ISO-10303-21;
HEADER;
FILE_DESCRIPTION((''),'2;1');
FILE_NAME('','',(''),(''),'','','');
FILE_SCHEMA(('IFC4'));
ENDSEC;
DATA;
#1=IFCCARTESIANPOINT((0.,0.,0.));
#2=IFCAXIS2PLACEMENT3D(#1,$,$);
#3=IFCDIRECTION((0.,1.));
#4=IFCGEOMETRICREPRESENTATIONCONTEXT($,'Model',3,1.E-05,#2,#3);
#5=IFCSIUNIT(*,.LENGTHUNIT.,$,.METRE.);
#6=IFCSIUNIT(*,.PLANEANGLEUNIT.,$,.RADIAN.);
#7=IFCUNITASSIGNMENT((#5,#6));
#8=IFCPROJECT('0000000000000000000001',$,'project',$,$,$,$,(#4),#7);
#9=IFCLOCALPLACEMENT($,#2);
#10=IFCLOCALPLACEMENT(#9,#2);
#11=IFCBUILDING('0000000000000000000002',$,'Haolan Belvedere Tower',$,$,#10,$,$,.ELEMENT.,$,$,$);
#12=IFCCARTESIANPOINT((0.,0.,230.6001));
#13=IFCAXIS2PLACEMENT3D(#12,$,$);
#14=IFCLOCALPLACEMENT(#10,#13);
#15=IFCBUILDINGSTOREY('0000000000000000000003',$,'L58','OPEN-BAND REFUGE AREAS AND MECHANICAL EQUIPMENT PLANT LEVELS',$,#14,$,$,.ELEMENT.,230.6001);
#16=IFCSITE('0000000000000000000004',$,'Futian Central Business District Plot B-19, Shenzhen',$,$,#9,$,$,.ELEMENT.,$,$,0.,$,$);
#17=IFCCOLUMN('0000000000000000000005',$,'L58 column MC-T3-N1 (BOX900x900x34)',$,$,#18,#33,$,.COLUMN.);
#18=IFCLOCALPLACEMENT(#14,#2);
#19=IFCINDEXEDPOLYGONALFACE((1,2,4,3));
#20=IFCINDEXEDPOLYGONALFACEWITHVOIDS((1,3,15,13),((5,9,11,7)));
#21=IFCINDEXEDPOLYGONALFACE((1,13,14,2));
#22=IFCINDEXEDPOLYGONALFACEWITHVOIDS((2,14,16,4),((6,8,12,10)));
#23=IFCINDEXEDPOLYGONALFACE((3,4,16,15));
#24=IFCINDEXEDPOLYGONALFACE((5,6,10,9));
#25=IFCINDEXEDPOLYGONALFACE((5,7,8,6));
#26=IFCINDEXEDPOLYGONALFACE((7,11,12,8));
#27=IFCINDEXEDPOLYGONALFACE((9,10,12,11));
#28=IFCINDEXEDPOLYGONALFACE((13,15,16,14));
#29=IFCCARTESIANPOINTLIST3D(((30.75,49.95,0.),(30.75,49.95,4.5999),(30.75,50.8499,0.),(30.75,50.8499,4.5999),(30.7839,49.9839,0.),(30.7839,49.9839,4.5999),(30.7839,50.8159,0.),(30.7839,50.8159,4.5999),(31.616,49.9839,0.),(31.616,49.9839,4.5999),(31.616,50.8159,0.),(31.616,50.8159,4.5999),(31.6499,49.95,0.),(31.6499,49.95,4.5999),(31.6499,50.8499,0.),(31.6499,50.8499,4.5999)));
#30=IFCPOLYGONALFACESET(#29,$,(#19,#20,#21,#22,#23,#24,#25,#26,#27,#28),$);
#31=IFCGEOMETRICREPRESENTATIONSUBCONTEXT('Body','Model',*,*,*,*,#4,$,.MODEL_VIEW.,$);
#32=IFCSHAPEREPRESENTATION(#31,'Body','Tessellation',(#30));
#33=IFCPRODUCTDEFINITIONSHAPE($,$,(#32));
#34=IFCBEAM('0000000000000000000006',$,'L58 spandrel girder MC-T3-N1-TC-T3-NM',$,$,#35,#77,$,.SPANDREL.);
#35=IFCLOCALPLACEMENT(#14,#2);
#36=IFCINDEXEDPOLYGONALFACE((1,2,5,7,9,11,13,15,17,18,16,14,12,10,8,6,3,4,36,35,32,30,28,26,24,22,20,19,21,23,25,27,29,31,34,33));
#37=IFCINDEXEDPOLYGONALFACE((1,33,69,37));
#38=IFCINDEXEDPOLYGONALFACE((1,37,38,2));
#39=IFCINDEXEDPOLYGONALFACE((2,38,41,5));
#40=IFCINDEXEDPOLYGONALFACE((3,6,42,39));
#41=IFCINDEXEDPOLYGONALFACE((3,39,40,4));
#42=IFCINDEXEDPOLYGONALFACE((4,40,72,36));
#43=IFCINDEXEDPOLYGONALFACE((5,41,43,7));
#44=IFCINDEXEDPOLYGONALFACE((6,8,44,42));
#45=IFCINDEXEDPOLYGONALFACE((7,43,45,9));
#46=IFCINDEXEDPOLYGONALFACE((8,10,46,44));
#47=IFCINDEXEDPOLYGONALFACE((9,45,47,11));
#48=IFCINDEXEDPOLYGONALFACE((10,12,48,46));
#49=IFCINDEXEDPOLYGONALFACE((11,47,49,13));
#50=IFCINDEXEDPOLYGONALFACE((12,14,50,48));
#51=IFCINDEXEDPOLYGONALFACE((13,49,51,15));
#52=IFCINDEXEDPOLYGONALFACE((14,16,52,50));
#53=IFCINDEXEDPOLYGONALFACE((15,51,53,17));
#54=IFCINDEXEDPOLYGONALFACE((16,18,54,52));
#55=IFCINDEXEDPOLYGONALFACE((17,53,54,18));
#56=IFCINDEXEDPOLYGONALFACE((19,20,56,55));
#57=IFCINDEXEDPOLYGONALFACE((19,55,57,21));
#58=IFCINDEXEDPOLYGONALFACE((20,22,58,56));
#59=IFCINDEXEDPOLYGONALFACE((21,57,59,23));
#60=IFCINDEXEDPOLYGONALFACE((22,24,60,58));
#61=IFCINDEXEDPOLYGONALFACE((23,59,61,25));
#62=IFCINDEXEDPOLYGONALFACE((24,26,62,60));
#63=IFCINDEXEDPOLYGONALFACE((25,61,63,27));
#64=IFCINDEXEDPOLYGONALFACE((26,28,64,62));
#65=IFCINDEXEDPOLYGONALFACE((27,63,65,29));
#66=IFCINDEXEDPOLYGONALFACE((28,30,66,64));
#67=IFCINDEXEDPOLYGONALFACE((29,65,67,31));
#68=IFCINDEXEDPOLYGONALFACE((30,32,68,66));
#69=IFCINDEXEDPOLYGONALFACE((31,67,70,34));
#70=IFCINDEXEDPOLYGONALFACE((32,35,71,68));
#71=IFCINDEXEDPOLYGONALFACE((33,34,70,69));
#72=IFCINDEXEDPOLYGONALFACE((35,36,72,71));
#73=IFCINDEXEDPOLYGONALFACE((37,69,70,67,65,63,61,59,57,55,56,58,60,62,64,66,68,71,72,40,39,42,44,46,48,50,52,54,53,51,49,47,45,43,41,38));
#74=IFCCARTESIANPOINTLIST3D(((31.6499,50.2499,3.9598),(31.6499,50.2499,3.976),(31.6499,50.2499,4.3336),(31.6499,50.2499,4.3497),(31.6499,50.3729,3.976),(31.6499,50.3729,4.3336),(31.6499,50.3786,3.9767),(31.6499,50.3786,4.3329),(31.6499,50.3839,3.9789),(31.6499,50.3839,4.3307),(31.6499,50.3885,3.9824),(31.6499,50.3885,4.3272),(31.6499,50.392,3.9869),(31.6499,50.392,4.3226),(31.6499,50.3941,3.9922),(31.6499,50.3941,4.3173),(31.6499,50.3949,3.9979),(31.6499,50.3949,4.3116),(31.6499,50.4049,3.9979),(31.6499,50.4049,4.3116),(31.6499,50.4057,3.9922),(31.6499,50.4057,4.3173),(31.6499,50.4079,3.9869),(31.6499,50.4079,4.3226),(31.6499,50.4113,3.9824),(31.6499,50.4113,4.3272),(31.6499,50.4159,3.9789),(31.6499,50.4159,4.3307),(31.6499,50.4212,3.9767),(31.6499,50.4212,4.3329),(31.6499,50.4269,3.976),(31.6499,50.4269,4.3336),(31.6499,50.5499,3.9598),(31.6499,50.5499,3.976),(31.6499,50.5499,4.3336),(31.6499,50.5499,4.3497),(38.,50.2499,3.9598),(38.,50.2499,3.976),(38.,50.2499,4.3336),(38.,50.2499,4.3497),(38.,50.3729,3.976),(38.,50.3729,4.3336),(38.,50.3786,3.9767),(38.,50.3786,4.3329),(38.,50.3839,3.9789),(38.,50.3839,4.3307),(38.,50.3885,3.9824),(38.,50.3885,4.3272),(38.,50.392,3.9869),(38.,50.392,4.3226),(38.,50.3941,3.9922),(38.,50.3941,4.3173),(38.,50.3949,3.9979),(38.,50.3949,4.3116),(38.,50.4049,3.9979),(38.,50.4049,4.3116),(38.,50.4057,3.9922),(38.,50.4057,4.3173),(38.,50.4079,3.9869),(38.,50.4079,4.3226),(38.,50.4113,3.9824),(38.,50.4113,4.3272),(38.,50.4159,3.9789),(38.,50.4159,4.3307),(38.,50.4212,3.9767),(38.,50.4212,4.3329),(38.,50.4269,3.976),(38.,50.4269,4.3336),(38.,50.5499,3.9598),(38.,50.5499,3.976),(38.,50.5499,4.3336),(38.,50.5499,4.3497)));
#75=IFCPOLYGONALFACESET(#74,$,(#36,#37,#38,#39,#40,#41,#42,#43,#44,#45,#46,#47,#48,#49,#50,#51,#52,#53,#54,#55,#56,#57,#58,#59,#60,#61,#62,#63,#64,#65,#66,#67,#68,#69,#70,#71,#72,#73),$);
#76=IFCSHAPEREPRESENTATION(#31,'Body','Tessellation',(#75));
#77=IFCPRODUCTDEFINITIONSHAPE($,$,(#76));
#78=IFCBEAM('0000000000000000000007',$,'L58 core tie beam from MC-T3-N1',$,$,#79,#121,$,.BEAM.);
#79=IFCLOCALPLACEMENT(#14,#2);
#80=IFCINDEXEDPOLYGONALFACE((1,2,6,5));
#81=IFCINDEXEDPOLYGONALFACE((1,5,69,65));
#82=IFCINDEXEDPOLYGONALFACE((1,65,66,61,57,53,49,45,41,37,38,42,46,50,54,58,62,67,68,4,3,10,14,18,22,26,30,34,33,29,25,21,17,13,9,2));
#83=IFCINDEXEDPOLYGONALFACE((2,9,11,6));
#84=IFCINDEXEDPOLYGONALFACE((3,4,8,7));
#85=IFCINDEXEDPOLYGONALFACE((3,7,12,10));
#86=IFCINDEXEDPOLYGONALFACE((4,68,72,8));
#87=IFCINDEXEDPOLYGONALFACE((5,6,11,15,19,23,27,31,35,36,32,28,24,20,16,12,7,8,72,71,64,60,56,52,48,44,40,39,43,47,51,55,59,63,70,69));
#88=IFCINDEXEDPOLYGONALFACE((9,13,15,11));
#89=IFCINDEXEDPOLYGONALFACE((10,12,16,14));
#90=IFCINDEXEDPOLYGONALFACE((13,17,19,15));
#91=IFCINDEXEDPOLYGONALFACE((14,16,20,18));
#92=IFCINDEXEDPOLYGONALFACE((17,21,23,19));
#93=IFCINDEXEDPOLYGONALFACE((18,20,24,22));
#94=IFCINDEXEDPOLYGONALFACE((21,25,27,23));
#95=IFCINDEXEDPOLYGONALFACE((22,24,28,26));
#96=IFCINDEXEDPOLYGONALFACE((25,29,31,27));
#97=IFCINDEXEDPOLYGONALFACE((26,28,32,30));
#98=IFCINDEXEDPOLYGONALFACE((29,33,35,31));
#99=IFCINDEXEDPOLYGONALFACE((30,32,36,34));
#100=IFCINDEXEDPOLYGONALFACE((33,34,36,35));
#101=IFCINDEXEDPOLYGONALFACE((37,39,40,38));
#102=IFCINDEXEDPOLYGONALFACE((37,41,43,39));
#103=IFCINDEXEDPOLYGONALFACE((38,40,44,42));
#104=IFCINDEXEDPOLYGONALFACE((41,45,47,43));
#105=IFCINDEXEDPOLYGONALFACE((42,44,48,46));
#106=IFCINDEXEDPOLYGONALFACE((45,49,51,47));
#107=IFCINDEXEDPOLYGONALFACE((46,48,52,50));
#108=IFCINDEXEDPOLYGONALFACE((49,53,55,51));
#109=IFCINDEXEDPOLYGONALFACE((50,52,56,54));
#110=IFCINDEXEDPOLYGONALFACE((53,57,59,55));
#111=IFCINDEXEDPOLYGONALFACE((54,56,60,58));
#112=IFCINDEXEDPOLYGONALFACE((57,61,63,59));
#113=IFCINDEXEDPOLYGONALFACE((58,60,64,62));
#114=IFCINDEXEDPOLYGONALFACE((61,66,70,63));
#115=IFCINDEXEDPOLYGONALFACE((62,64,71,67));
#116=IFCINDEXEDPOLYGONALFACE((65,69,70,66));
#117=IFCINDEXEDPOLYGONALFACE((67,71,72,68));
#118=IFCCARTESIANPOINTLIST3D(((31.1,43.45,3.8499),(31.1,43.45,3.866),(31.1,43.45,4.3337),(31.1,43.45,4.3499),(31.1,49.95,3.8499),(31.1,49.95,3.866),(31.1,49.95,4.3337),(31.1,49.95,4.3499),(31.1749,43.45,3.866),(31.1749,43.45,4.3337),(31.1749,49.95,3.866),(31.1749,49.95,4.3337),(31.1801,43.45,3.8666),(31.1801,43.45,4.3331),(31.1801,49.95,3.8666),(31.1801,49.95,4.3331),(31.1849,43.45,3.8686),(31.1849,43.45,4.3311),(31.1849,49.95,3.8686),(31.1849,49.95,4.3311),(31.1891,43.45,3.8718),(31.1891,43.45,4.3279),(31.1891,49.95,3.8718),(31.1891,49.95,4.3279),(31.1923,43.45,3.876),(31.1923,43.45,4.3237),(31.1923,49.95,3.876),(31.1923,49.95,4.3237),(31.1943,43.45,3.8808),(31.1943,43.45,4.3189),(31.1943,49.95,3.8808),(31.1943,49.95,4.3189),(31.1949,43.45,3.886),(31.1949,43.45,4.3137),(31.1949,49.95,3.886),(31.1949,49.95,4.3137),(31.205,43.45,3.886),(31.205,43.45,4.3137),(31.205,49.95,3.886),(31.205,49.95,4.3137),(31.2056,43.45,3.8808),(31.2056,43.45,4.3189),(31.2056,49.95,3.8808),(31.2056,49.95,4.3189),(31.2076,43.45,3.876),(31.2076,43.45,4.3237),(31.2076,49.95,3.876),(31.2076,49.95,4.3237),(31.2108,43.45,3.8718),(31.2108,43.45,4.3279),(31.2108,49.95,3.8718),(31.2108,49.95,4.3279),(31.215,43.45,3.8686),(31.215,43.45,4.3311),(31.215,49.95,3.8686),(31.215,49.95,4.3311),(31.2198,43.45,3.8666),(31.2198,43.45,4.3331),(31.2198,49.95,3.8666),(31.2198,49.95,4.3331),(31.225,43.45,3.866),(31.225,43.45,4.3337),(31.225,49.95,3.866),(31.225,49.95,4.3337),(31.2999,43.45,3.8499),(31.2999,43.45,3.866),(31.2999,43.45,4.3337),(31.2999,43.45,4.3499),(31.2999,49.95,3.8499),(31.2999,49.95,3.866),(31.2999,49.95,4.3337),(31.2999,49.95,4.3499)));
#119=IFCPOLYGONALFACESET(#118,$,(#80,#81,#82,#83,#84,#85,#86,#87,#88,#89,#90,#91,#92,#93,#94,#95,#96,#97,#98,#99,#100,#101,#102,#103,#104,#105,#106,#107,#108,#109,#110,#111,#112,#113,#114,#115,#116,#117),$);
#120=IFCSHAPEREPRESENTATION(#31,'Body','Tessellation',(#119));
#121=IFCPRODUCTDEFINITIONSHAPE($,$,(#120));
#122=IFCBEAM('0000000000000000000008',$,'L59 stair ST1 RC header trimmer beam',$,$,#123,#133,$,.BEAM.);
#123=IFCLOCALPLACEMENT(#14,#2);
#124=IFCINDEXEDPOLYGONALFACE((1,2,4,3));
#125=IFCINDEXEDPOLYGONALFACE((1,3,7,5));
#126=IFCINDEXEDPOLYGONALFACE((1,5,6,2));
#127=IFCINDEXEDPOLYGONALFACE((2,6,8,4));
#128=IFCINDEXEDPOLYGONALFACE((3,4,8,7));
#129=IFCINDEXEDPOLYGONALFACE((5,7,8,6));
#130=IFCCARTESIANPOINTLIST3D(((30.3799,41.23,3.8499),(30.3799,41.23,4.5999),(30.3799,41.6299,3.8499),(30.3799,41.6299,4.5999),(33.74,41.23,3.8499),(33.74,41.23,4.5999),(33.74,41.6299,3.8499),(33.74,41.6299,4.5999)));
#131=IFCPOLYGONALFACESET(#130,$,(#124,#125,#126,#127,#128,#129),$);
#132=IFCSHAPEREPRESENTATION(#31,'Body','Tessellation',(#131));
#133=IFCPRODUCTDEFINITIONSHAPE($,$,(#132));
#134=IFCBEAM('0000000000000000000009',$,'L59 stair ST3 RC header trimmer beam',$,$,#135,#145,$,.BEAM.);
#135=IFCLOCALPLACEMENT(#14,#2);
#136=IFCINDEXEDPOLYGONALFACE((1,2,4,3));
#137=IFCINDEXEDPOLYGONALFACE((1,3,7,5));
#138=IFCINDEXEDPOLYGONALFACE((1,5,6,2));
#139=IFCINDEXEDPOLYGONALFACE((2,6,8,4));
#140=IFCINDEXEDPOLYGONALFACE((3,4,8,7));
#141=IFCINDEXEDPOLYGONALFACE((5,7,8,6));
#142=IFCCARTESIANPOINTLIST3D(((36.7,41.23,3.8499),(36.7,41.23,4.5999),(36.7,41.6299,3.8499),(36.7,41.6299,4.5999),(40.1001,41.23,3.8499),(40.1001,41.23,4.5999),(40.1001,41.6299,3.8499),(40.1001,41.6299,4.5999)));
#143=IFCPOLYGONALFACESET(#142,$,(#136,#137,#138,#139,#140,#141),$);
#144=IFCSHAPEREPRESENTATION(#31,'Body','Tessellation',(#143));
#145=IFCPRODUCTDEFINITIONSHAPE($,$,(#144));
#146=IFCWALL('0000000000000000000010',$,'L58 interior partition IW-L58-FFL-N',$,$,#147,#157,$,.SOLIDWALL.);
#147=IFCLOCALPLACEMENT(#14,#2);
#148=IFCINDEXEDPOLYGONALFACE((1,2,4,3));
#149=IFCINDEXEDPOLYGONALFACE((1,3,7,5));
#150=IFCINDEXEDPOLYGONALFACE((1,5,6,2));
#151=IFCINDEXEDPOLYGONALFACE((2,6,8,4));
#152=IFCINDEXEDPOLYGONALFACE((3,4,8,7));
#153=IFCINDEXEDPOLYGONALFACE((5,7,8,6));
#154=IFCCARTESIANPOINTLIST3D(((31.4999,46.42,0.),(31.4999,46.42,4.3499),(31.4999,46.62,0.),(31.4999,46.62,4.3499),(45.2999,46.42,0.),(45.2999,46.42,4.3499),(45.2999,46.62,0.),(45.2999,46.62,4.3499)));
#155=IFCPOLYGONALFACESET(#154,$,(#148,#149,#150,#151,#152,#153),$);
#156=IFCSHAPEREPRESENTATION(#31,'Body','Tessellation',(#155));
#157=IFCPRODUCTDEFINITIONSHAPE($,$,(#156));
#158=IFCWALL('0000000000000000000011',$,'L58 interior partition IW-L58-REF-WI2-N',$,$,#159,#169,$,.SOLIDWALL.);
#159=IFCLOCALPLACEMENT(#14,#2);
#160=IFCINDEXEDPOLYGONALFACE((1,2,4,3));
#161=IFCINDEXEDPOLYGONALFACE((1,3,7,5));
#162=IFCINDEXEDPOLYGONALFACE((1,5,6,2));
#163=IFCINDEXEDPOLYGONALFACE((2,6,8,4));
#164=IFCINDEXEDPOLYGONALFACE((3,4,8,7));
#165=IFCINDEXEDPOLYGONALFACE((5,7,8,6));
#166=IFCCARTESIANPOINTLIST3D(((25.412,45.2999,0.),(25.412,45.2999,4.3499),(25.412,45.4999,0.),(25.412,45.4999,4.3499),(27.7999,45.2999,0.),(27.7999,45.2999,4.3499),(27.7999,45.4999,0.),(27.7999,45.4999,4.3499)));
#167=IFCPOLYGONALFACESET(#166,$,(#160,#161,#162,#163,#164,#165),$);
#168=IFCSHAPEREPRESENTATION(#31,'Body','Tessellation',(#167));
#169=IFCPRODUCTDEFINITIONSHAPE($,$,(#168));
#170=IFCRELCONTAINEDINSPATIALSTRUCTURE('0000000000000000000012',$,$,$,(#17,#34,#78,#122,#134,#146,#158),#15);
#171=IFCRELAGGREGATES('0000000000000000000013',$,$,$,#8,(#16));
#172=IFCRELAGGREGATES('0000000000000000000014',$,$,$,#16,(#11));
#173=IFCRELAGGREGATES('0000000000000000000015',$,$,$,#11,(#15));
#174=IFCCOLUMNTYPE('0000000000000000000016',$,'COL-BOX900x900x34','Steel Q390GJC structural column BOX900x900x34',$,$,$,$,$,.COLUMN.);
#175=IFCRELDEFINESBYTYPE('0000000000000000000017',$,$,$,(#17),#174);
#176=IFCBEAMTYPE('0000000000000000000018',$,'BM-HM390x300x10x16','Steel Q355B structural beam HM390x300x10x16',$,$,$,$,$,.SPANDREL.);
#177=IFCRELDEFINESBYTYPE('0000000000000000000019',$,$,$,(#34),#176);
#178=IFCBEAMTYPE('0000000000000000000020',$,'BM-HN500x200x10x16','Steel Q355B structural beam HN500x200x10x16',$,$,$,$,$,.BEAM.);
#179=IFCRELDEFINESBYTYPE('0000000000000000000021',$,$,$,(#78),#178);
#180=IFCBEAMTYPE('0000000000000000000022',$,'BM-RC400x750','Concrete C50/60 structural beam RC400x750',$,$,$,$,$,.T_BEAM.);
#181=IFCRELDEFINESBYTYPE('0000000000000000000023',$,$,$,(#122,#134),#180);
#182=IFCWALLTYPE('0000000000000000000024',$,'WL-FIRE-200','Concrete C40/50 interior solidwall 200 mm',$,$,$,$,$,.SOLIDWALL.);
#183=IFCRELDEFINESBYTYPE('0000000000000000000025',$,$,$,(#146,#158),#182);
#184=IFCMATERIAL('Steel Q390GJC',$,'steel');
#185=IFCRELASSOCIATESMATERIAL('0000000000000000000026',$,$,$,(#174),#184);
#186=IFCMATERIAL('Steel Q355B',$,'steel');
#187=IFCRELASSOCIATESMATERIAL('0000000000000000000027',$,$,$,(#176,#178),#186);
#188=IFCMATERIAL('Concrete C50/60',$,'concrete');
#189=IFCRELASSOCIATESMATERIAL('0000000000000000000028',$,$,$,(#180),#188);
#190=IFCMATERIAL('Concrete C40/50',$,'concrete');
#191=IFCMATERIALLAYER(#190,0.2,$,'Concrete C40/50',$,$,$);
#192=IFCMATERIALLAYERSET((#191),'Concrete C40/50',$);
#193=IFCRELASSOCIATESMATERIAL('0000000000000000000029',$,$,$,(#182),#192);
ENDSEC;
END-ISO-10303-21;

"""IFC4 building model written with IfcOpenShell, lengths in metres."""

from ifc_helpers import new_model, si_unit, direction, frame, frame_2d, origin, origin_2d, place, context, subcontext, project, spatial, rectangle, hollow_rectangle, i_section, extrude, material, layer, layer_set, material_profile, profile_set, type_object, element, save


model = new_model("IFC4")

# Units and contexts
model_context = context("Model", 3, precision=1e-05, world=origin(), true_north=direction((0.0, 1.0)))
body_context = subcontext(model_context, "Body", "Model", "MODEL_VIEW")
ifc_project = project(units=[si_unit("LENGTHUNIT", "METRE"), si_unit("PLANEANGLEUNIT", "RADIAN")], contexts=[model_context])

# Site, building, storey
site_placement = place(None, origin())
site = spatial("IfcSite", under=ifc_project, at=site_placement, Name="Futian Central Business District Plot B-19, Shenzhen", CompositionType="ELEMENT", RefElevation=0.0)
building_placement = place(site_placement, origin())
building = spatial("IfcBuilding", under=site, at=building_placement, Name="Haolan Belvedere Tower", CompositionType="ELEMENT")
storey_placement = place(building_placement, frame((0.0, 0.0, 230.6001)))
storey = spatial("IfcBuildingStorey", under=building, at=storey_placement, Name="L58", Description="OPEN-BAND REFUGE AREAS AND MECHANICAL EQUIPMENT PLANT LEVELS", CompositionType="ELEMENT", Elevation=230.6001)

# Column
ifc_material_1 = material(Name="Steel Q390GJC", Category="steel")
ifc_material_profile_1 = material_profile(ifc_material_1, hollow_rectangle(XDim=0.8999, YDim=0.8999, WallThickness=0.0339, at=origin_2d()), Name="Steel Q390GJC")
ifc_profile_set_1 = profile_set([ifc_material_profile_1], Name="Steel Q390GJC")
column_type = type_object("IfcColumnType", Name="COL-BOX900x900x34", Description="Steel Q390GJC structural column BOX900x900x34", PredefinedType="COLUMN", material=ifc_profile_set_1)
column_placement = place(storey_placement, frame((31.2, 50.3999, 0.0), z_axis=(0.0, 0.0, 1.0), x_axis=(1.0, 0.0, 0.0)))
element("IfcColumn", 1, at=column_placement, inside=storey, type_object=column_type, Name="L58 column MC-T3-N1 (BOX900x900x34)", PredefinedType="COLUMN", context=body_context, shape_type="SweptSolid", body=[
    extrude(hollow_rectangle(XDim=0.8999, YDim=0.8999, WallThickness=0.0339, at=origin_2d()), origin(), (0.0, 0.0, 1.0), 4.5999),
])

# Beams
ifc_material_2 = material(Name="Steel Q355B", Category="steel")
ifc_material_profile_2 = material_profile(ifc_material_2, i_section(OverallWidth=0.3, OverallDepth=0.3899, WebThickness=0.01, FlangeThickness=0.0161, FilletRadius=0.022, at=origin_2d()), Name="Steel Q355B")
ifc_profile_set_2 = profile_set([ifc_material_profile_2], Name="Steel Q355B")
beam_type_1 = type_object("IfcBeamType", Name="BM-HM390x300x10x16", Description="Steel Q355B structural beam HM390x300x10x16", PredefinedType="SPANDREL", material=ifc_profile_set_2)
beam_1_placement = place(storey_placement, frame((31.6499, 50.3999, 4.1548), z_axis=(1.0, 0.0, 0.0), x_axis=(0.0, 1.0, 0.0)))
element("IfcBeam", 2, at=beam_1_placement, inside=storey, type_object=beam_type_1, Name="L58 spandrel girder MC-T3-N1-TC-T3-NM", PredefinedType="SPANDREL", context=body_context, shape_type="SweptSolid", body=[
    extrude(i_section(OverallWidth=0.3, OverallDepth=0.3899, WebThickness=0.01, FlangeThickness=0.0161, FilletRadius=0.022, at=origin_2d()), origin(), (0.0, 0.0, 1.0), 6.3501),
])
ifc_material_profile_3 = material_profile(ifc_material_2, i_section(OverallWidth=0.2, OverallDepth=0.5, WebThickness=0.01, FlangeThickness=0.0161, FilletRadius=0.02, at=origin_2d()), Name="Steel Q355B")
ifc_profile_set_3 = profile_set([ifc_material_profile_3], Name="Steel Q355B")
beam_type_2 = type_object("IfcBeamType", Name="BM-HN500x200x10x16", Description="Steel Q355B structural beam HN500x200x10x16", PredefinedType="BEAM", material=ifc_profile_set_3)
beam_2_placement = place(storey_placement, frame((31.2, 49.95, 4.0999), z_axis=(0.0, -1.0, 0.0), x_axis=(1.0, 0.0, 0.0)))
element("IfcBeam", 3, at=beam_2_placement, inside=storey, type_object=beam_type_2, Name="L58 core tie beam from MC-T3-N1", PredefinedType="BEAM", context=body_context, shape_type="SweptSolid", body=[
    extrude(i_section(OverallWidth=0.2, OverallDepth=0.5, WebThickness=0.01, FlangeThickness=0.0161, FilletRadius=0.02, at=origin_2d()), origin(), (0.0, 0.0, 1.0), 6.5),
])
ifc_material_3 = material(Name="Concrete C50/60", Category="concrete")
ifc_material_profile_4 = material_profile(ifc_material_3, rectangle(XDim=0.3999, YDim=0.75, at=origin_2d()), Name="Concrete C50/60")
ifc_profile_set_4 = profile_set([ifc_material_profile_4], Name="Concrete C50/60")
beam_type_3 = type_object("IfcBeamType", Name="BM-RC400x750", Description="Concrete C50/60 structural beam RC400x750", PredefinedType="T_BEAM", material=ifc_profile_set_4)
beam_3_placement = place(storey_placement, frame((30.3799, 41.4299, 4.2249), z_axis=(1.0, 0.0, 0.0), x_axis=(0.0, 1.0, 0.0)))
element("IfcBeam", 4, at=beam_3_placement, inside=storey, type_object=beam_type_3, Name="L59 stair ST1 RC header trimmer beam", PredefinedType="BEAM", context=body_context, shape_type="SweptSolid", body=[
    extrude(rectangle(XDim=0.3999, YDim=0.75, at=origin_2d()), origin(), (0.0, 0.0, 1.0), 3.3601),
])
beam_4_placement = place(storey_placement, frame((36.7, 41.4299, 4.2249), z_axis=(1.0, 0.0, 0.0), x_axis=(0.0, 1.0, 0.0)))
element("IfcBeam", 5, at=beam_4_placement, inside=storey, type_object=beam_type_3, Name="L59 stair ST3 RC header trimmer beam", PredefinedType="BEAM", context=body_context, shape_type="SweptSolid", body=[
    extrude(rectangle(XDim=0.3999, YDim=0.75, at=origin_2d()), origin(), (0.0, 0.0, 1.0), 3.4001),
])

# Wall
ifc_material_4 = material(Name="Concrete C40/50", Category="concrete")
ifc_layer_1 = layer(ifc_material_4, 0.2, Name="Concrete C40/50")
ifc_layer_set_1 = layer_set([ifc_layer_1], Name="Concrete C40/50")
wall_type_1 = type_object("IfcWallType", Name="WL-FIRE-200", Description="Concrete C40/50 interior solidwall 200 mm", PredefinedType="SOLIDWALL", material=ifc_layer_set_1)
wall_1_placement = place(storey_placement, frame((31.5, 46.52, 0.0), z_axis=(0.0, 0.0, 1.0), x_axis=(1.0, 0.0, 0.0)))
element("IfcWall", 6, at=wall_1_placement, inside=storey, type_object=wall_type_1, Name="L58 interior partition IW-L58-FFL-N", PredefinedType="SOLIDWALL", context=body_context, shape_type="SweptSolid", body=[
    extrude(rectangle(XDim=13.8, YDim=0.2, at=frame_2d((6.8999, 0.0))), origin(), (0.0, 0.0, 1.0), 4.3499),
])

# Wall
wall_2_placement = place(storey_placement, frame((25.4121, 45.3999, 0.0), z_axis=(0.0, 0.0, 1.0), x_axis=(1.0, 0.0, 0.0)))
element("IfcWall", 7, at=wall_2_placement, inside=storey, type_object=wall_type_1, Name="L58 interior partition IW-L58-REF-WI2-N", PredefinedType="SOLIDWALL", context=body_context, shape_type="SweptSolid", body=[
    extrude(rectangle(XDim=2.3879, YDim=0.2, at=frame_2d((1.1938, 0.0))), origin(), (0.0, 0.0, 1.0), 4.3499),
])

save(model, "model.ifc")
